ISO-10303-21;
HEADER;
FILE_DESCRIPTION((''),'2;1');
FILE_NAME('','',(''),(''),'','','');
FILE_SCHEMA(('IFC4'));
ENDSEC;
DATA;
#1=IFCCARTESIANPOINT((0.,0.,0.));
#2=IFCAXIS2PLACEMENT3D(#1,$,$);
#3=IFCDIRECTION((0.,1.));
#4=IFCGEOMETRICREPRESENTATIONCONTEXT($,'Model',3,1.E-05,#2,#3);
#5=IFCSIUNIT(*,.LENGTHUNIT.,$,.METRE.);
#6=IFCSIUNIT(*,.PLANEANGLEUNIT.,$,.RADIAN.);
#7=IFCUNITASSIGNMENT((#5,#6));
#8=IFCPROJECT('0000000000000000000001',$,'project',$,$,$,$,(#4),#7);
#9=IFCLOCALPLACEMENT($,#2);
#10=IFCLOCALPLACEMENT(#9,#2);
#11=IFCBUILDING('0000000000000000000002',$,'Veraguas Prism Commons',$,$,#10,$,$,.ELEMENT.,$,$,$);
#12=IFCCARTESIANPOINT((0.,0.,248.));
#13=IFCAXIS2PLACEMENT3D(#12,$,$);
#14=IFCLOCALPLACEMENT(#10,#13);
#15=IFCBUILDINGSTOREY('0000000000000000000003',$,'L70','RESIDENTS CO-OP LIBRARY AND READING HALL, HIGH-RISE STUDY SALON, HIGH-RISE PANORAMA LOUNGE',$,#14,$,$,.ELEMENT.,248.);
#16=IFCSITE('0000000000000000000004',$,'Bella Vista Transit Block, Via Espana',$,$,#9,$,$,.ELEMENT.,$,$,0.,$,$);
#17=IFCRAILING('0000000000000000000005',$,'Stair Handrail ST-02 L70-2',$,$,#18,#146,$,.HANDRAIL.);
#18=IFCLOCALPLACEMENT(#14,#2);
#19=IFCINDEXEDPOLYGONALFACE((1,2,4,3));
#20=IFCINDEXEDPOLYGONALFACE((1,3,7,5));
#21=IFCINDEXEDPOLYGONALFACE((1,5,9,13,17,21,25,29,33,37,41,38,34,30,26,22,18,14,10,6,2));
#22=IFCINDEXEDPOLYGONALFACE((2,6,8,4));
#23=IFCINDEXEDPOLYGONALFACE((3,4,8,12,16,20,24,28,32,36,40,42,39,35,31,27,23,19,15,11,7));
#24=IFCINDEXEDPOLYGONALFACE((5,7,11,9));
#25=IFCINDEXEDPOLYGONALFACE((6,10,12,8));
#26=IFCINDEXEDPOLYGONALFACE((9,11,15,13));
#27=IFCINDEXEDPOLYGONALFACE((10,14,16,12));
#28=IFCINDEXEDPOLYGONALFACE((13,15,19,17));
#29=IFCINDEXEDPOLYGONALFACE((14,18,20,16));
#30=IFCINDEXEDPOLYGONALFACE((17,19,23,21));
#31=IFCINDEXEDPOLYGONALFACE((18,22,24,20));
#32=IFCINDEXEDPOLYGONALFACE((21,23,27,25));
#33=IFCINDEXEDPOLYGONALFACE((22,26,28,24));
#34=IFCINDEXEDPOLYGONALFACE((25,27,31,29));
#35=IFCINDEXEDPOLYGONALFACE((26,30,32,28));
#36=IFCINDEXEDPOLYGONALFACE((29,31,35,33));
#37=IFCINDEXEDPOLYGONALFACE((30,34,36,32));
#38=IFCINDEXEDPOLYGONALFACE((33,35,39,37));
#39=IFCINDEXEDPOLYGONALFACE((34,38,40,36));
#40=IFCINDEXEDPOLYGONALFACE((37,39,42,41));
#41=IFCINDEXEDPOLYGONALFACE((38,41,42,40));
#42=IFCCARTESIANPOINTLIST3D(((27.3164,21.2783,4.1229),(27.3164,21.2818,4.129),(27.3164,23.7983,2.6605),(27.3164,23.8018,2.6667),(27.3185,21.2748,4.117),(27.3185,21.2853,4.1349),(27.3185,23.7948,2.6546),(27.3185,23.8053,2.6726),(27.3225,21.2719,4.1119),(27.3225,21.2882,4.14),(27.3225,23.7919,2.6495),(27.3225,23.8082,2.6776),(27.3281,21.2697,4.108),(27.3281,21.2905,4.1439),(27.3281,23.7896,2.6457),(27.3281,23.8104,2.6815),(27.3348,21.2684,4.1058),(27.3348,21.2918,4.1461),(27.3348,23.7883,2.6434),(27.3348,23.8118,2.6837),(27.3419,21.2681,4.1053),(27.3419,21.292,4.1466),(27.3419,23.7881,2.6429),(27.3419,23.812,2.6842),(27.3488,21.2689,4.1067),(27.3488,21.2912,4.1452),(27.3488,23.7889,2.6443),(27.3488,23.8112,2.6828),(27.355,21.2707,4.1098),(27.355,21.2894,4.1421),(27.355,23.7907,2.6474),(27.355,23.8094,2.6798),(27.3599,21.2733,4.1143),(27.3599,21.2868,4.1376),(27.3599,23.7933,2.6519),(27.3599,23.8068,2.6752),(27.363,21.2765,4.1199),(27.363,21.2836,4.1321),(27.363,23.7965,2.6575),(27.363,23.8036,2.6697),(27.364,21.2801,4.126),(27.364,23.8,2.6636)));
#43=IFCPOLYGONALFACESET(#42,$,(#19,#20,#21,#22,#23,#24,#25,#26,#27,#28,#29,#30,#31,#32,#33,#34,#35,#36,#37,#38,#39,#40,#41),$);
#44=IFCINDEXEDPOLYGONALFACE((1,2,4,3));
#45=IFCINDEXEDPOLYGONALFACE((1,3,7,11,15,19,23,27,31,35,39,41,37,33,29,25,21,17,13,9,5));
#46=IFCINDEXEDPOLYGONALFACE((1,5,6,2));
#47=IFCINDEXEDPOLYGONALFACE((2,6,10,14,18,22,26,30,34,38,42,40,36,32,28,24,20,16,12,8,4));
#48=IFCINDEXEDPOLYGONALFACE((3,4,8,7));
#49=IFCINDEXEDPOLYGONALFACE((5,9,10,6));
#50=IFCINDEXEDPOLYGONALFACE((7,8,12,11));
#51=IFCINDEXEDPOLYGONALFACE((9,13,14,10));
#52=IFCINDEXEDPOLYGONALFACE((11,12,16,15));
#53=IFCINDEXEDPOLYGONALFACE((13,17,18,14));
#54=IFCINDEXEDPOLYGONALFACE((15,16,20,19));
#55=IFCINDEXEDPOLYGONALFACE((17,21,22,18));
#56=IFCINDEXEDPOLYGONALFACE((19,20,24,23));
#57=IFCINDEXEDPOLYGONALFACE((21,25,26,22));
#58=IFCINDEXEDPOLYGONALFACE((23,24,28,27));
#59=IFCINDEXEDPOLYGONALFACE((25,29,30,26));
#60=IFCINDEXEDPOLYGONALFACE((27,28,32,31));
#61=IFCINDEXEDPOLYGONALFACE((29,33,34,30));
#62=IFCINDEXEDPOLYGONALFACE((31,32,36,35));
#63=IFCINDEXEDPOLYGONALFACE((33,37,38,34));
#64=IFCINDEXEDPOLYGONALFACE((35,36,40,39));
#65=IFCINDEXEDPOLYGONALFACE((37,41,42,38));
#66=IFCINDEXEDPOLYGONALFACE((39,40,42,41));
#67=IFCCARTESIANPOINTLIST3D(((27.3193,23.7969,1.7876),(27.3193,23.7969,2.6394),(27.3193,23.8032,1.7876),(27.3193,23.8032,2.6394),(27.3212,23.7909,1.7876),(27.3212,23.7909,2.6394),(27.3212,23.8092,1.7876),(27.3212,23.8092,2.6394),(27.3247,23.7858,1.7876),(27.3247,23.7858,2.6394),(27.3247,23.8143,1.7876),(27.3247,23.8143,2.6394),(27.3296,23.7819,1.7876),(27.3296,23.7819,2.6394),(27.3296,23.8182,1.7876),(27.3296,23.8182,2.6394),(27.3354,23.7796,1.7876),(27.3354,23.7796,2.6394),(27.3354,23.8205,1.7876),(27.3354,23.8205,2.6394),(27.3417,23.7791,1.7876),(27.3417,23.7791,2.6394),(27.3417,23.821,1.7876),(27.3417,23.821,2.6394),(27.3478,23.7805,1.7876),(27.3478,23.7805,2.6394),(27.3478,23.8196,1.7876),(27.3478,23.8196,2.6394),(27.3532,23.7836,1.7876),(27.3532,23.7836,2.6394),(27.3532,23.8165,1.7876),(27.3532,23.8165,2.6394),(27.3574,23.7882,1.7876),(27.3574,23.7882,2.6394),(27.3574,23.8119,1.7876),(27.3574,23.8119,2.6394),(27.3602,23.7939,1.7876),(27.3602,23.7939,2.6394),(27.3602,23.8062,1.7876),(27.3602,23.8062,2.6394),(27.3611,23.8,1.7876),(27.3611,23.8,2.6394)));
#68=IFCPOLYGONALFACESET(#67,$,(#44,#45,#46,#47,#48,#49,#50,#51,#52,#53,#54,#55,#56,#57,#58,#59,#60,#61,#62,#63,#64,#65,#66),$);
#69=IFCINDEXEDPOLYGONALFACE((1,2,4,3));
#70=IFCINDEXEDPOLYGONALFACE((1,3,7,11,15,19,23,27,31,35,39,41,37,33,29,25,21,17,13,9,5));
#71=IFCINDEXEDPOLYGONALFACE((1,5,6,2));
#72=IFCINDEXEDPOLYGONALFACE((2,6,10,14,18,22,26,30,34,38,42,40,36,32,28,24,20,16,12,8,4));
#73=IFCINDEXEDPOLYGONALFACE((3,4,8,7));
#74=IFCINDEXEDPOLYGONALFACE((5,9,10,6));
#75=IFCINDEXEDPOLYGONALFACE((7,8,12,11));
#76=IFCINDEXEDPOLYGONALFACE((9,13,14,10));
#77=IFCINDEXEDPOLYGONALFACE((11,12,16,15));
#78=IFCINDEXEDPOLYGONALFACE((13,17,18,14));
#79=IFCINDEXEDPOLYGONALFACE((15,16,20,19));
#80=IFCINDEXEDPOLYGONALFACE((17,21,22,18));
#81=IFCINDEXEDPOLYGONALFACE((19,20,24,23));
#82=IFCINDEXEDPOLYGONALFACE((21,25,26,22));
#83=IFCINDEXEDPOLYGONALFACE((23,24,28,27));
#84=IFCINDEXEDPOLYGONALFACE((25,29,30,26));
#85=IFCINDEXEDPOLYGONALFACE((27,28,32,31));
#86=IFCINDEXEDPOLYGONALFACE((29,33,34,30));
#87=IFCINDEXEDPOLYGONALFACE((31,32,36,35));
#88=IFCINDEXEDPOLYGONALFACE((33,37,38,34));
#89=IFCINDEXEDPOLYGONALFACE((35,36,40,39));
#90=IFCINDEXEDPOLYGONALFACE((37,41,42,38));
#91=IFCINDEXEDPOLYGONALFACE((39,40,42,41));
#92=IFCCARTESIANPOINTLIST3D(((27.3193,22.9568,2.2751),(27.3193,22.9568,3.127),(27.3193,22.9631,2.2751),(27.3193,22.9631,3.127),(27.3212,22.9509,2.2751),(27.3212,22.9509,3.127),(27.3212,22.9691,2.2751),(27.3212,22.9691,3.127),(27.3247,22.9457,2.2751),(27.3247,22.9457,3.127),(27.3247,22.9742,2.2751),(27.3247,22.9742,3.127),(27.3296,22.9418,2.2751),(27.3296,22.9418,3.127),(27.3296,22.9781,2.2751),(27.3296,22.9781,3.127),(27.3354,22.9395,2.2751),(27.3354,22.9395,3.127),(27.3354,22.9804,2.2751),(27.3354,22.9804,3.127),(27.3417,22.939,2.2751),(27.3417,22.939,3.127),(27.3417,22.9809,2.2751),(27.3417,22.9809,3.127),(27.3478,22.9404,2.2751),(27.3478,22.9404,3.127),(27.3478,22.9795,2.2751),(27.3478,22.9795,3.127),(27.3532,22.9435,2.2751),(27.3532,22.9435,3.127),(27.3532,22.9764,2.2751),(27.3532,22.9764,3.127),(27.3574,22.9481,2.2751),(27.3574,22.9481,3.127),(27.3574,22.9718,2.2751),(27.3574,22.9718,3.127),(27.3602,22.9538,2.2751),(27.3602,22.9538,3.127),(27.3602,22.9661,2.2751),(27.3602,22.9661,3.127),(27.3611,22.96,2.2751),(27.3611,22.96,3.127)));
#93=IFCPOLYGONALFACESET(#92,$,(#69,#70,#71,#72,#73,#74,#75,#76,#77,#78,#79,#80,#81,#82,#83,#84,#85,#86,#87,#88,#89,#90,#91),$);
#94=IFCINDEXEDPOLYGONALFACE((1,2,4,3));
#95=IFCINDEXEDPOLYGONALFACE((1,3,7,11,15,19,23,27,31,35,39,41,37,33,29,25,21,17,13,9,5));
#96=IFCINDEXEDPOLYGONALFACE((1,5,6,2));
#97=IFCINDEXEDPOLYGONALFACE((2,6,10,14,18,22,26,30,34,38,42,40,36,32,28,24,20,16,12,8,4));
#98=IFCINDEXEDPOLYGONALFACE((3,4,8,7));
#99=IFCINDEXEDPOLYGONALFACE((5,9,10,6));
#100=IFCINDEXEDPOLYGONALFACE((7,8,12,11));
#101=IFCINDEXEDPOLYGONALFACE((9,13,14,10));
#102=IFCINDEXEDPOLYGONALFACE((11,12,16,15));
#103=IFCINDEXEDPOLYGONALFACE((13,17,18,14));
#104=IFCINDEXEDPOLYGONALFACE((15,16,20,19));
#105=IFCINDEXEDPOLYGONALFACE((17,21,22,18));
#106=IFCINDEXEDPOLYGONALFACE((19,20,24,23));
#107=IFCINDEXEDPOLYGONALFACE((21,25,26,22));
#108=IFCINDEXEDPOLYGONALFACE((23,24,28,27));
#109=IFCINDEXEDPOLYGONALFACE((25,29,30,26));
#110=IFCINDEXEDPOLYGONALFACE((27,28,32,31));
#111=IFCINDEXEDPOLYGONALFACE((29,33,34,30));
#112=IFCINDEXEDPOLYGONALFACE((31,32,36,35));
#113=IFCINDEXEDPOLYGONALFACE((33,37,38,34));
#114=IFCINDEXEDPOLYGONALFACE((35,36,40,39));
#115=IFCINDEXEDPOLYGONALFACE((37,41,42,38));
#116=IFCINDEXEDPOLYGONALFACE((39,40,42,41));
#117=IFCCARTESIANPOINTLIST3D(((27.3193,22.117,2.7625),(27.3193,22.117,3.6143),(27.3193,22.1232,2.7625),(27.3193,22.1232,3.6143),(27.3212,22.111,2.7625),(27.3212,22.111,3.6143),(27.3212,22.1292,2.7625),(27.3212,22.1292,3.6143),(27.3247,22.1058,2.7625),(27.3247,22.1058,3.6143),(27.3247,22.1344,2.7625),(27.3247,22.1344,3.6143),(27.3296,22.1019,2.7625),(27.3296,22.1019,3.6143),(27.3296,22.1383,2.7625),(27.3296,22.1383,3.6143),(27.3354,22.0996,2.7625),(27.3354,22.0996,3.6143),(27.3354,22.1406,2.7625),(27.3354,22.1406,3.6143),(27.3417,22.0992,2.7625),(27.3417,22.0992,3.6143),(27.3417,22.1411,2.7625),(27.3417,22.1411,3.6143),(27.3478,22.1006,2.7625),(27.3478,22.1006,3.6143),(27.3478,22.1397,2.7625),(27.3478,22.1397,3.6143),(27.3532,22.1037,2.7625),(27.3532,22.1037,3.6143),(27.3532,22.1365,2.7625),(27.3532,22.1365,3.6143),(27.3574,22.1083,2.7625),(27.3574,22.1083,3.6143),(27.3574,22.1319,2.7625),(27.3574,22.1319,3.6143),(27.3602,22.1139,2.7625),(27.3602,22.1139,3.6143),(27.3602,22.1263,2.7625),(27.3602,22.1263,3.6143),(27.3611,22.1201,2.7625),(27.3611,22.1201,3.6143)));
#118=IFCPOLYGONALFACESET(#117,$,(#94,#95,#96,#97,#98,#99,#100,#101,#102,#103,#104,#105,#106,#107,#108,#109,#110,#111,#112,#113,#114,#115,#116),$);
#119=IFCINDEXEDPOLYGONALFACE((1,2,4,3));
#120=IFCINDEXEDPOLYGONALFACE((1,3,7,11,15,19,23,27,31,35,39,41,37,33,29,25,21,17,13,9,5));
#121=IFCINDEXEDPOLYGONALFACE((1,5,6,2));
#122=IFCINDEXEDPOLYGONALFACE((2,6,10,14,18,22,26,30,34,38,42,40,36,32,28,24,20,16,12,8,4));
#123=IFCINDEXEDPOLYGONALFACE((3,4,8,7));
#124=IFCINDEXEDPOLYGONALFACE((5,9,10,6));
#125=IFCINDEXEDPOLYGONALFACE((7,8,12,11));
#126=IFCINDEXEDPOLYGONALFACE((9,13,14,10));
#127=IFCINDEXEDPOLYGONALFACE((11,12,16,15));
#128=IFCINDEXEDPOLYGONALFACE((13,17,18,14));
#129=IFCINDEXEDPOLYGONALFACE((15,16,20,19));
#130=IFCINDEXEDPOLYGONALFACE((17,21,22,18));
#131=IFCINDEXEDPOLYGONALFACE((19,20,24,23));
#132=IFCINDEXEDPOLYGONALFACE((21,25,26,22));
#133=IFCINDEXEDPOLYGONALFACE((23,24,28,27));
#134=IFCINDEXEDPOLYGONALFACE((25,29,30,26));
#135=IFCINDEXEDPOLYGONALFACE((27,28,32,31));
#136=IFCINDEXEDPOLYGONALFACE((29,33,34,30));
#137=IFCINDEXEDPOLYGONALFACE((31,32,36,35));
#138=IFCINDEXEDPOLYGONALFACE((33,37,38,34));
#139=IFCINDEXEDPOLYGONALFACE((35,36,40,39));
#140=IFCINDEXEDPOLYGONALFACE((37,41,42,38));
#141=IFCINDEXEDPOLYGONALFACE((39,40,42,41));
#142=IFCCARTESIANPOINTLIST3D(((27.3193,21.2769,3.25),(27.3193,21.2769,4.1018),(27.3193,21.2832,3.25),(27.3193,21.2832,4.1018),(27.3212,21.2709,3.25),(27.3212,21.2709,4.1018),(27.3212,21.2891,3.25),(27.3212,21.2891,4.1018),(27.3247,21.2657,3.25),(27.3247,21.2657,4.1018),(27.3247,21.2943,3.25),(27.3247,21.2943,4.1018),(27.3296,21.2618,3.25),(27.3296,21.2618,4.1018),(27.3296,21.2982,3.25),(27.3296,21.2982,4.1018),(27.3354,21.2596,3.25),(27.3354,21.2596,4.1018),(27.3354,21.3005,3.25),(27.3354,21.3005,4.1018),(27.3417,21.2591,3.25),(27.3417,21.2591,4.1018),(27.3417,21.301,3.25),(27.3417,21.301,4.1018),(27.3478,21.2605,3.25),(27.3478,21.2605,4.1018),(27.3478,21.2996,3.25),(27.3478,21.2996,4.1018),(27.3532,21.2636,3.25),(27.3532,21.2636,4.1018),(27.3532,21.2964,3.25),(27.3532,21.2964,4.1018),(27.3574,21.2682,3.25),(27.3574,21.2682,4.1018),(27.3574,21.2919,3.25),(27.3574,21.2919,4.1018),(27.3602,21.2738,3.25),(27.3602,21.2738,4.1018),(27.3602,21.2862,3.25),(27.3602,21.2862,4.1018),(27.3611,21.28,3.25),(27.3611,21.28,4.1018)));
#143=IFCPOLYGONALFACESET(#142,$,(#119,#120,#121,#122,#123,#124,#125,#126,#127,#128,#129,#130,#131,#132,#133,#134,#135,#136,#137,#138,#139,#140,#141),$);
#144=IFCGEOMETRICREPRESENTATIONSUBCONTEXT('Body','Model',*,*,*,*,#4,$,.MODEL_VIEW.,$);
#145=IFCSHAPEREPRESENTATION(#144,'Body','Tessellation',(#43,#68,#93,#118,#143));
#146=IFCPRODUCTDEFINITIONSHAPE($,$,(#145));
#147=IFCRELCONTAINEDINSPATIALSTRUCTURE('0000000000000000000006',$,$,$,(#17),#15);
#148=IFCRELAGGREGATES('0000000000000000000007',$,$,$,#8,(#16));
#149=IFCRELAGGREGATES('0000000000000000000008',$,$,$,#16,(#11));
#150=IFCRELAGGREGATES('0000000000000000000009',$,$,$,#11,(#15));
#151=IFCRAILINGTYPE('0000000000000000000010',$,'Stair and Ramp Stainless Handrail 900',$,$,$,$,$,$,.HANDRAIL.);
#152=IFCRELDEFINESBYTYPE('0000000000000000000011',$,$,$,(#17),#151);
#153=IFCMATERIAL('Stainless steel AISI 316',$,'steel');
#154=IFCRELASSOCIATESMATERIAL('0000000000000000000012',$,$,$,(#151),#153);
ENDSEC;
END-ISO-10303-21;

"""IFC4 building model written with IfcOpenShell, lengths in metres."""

from ifc_helpers import new_model, si_unit, direction, frame, origin, origin_2d, place, context, subcontext, project, spatial, circle, extrude, material, type_object, element, save


model = new_model("IFC4")

# Units and contexts
model_context = context("Model", 3, precision=1e-05, world=origin(), true_north=direction((0.0, 1.0)))
body_context = subcontext(model_context, "Body", "Model", "MODEL_VIEW")
ifc_project = project(units=[si_unit("LENGTHUNIT", "METRE"), si_unit("PLANEANGLEUNIT", "RADIAN")], contexts=[model_context])

# Site, building, storey
site_placement = place(None, origin())
site = spatial("IfcSite", under=ifc_project, at=site_placement, Name="Bella Vista Transit Block, Via Espana", CompositionType="ELEMENT", RefElevation=0.0)
building_placement = place(site_placement, origin())
building = spatial("IfcBuilding", under=site, at=building_placement, Name="Veraguas Prism Commons", CompositionType="ELEMENT")
storey_placement = place(building_placement, frame((0.0, 0.0, 248.0)))
storey = spatial("IfcBuildingStorey", under=building, at=storey_placement, Name="L70", Description="RESIDENTS CO-OP LIBRARY AND READING HALL, HIGH-RISE STUDY SALON, HIGH-RISE PANORAMA LOUNGE", CompositionType="ELEMENT", Elevation=248.0)

# Railing
ifc_material_1 = material(Name="Stainless steel AISI 316", Category="steel")
railing_type_1 = type_object("IfcRailingType", Name="Stair and Ramp Stainless Handrail 900", PredefinedType="HANDRAIL", material=ifc_material_1)
railing_1_placement = place(storey_placement, frame((27.3401, 23.8, 1.7876)))
element("IfcRailing", 1, at=railing_1_placement, inside=storey, type_object=railing_type_1, Name="Stair Handrail ST-02 L70-2", PredefinedType="HANDRAIL", context=body_context, shape_type="SweptSolid", body=[
    extrude(circle(Radius=0.0239, at=origin_2d()), frame((0.0, 0.0, 0.876), z_axis=(0.0, -0.864913, 0.501921), x_axis=(1.0, 0.0, 0.0)), (0.0, 0.0, 1.0), 2.9136),
    extrude(circle(Radius=0.021, at=origin_2d()), origin(), (0.0, 0.0, 1.0), 0.8518),
    extrude(circle(Radius=0.021, at=origin_2d()), frame((0.0, -0.8401, 0.4875)), (0.0, 0.0, 1.0), 0.8518),
    extrude(circle(Radius=0.021, at=origin_2d()), frame((0.0, -1.6799, 0.9749)), (0.0, 0.0, 1.0), 0.8518),
    extrude(circle(Radius=0.021, at=origin_2d()), frame((0.0, -2.52, 1.4624)), (0.0, 0.0, 1.0), 0.8518),
])

save(model, "model.ifc")
